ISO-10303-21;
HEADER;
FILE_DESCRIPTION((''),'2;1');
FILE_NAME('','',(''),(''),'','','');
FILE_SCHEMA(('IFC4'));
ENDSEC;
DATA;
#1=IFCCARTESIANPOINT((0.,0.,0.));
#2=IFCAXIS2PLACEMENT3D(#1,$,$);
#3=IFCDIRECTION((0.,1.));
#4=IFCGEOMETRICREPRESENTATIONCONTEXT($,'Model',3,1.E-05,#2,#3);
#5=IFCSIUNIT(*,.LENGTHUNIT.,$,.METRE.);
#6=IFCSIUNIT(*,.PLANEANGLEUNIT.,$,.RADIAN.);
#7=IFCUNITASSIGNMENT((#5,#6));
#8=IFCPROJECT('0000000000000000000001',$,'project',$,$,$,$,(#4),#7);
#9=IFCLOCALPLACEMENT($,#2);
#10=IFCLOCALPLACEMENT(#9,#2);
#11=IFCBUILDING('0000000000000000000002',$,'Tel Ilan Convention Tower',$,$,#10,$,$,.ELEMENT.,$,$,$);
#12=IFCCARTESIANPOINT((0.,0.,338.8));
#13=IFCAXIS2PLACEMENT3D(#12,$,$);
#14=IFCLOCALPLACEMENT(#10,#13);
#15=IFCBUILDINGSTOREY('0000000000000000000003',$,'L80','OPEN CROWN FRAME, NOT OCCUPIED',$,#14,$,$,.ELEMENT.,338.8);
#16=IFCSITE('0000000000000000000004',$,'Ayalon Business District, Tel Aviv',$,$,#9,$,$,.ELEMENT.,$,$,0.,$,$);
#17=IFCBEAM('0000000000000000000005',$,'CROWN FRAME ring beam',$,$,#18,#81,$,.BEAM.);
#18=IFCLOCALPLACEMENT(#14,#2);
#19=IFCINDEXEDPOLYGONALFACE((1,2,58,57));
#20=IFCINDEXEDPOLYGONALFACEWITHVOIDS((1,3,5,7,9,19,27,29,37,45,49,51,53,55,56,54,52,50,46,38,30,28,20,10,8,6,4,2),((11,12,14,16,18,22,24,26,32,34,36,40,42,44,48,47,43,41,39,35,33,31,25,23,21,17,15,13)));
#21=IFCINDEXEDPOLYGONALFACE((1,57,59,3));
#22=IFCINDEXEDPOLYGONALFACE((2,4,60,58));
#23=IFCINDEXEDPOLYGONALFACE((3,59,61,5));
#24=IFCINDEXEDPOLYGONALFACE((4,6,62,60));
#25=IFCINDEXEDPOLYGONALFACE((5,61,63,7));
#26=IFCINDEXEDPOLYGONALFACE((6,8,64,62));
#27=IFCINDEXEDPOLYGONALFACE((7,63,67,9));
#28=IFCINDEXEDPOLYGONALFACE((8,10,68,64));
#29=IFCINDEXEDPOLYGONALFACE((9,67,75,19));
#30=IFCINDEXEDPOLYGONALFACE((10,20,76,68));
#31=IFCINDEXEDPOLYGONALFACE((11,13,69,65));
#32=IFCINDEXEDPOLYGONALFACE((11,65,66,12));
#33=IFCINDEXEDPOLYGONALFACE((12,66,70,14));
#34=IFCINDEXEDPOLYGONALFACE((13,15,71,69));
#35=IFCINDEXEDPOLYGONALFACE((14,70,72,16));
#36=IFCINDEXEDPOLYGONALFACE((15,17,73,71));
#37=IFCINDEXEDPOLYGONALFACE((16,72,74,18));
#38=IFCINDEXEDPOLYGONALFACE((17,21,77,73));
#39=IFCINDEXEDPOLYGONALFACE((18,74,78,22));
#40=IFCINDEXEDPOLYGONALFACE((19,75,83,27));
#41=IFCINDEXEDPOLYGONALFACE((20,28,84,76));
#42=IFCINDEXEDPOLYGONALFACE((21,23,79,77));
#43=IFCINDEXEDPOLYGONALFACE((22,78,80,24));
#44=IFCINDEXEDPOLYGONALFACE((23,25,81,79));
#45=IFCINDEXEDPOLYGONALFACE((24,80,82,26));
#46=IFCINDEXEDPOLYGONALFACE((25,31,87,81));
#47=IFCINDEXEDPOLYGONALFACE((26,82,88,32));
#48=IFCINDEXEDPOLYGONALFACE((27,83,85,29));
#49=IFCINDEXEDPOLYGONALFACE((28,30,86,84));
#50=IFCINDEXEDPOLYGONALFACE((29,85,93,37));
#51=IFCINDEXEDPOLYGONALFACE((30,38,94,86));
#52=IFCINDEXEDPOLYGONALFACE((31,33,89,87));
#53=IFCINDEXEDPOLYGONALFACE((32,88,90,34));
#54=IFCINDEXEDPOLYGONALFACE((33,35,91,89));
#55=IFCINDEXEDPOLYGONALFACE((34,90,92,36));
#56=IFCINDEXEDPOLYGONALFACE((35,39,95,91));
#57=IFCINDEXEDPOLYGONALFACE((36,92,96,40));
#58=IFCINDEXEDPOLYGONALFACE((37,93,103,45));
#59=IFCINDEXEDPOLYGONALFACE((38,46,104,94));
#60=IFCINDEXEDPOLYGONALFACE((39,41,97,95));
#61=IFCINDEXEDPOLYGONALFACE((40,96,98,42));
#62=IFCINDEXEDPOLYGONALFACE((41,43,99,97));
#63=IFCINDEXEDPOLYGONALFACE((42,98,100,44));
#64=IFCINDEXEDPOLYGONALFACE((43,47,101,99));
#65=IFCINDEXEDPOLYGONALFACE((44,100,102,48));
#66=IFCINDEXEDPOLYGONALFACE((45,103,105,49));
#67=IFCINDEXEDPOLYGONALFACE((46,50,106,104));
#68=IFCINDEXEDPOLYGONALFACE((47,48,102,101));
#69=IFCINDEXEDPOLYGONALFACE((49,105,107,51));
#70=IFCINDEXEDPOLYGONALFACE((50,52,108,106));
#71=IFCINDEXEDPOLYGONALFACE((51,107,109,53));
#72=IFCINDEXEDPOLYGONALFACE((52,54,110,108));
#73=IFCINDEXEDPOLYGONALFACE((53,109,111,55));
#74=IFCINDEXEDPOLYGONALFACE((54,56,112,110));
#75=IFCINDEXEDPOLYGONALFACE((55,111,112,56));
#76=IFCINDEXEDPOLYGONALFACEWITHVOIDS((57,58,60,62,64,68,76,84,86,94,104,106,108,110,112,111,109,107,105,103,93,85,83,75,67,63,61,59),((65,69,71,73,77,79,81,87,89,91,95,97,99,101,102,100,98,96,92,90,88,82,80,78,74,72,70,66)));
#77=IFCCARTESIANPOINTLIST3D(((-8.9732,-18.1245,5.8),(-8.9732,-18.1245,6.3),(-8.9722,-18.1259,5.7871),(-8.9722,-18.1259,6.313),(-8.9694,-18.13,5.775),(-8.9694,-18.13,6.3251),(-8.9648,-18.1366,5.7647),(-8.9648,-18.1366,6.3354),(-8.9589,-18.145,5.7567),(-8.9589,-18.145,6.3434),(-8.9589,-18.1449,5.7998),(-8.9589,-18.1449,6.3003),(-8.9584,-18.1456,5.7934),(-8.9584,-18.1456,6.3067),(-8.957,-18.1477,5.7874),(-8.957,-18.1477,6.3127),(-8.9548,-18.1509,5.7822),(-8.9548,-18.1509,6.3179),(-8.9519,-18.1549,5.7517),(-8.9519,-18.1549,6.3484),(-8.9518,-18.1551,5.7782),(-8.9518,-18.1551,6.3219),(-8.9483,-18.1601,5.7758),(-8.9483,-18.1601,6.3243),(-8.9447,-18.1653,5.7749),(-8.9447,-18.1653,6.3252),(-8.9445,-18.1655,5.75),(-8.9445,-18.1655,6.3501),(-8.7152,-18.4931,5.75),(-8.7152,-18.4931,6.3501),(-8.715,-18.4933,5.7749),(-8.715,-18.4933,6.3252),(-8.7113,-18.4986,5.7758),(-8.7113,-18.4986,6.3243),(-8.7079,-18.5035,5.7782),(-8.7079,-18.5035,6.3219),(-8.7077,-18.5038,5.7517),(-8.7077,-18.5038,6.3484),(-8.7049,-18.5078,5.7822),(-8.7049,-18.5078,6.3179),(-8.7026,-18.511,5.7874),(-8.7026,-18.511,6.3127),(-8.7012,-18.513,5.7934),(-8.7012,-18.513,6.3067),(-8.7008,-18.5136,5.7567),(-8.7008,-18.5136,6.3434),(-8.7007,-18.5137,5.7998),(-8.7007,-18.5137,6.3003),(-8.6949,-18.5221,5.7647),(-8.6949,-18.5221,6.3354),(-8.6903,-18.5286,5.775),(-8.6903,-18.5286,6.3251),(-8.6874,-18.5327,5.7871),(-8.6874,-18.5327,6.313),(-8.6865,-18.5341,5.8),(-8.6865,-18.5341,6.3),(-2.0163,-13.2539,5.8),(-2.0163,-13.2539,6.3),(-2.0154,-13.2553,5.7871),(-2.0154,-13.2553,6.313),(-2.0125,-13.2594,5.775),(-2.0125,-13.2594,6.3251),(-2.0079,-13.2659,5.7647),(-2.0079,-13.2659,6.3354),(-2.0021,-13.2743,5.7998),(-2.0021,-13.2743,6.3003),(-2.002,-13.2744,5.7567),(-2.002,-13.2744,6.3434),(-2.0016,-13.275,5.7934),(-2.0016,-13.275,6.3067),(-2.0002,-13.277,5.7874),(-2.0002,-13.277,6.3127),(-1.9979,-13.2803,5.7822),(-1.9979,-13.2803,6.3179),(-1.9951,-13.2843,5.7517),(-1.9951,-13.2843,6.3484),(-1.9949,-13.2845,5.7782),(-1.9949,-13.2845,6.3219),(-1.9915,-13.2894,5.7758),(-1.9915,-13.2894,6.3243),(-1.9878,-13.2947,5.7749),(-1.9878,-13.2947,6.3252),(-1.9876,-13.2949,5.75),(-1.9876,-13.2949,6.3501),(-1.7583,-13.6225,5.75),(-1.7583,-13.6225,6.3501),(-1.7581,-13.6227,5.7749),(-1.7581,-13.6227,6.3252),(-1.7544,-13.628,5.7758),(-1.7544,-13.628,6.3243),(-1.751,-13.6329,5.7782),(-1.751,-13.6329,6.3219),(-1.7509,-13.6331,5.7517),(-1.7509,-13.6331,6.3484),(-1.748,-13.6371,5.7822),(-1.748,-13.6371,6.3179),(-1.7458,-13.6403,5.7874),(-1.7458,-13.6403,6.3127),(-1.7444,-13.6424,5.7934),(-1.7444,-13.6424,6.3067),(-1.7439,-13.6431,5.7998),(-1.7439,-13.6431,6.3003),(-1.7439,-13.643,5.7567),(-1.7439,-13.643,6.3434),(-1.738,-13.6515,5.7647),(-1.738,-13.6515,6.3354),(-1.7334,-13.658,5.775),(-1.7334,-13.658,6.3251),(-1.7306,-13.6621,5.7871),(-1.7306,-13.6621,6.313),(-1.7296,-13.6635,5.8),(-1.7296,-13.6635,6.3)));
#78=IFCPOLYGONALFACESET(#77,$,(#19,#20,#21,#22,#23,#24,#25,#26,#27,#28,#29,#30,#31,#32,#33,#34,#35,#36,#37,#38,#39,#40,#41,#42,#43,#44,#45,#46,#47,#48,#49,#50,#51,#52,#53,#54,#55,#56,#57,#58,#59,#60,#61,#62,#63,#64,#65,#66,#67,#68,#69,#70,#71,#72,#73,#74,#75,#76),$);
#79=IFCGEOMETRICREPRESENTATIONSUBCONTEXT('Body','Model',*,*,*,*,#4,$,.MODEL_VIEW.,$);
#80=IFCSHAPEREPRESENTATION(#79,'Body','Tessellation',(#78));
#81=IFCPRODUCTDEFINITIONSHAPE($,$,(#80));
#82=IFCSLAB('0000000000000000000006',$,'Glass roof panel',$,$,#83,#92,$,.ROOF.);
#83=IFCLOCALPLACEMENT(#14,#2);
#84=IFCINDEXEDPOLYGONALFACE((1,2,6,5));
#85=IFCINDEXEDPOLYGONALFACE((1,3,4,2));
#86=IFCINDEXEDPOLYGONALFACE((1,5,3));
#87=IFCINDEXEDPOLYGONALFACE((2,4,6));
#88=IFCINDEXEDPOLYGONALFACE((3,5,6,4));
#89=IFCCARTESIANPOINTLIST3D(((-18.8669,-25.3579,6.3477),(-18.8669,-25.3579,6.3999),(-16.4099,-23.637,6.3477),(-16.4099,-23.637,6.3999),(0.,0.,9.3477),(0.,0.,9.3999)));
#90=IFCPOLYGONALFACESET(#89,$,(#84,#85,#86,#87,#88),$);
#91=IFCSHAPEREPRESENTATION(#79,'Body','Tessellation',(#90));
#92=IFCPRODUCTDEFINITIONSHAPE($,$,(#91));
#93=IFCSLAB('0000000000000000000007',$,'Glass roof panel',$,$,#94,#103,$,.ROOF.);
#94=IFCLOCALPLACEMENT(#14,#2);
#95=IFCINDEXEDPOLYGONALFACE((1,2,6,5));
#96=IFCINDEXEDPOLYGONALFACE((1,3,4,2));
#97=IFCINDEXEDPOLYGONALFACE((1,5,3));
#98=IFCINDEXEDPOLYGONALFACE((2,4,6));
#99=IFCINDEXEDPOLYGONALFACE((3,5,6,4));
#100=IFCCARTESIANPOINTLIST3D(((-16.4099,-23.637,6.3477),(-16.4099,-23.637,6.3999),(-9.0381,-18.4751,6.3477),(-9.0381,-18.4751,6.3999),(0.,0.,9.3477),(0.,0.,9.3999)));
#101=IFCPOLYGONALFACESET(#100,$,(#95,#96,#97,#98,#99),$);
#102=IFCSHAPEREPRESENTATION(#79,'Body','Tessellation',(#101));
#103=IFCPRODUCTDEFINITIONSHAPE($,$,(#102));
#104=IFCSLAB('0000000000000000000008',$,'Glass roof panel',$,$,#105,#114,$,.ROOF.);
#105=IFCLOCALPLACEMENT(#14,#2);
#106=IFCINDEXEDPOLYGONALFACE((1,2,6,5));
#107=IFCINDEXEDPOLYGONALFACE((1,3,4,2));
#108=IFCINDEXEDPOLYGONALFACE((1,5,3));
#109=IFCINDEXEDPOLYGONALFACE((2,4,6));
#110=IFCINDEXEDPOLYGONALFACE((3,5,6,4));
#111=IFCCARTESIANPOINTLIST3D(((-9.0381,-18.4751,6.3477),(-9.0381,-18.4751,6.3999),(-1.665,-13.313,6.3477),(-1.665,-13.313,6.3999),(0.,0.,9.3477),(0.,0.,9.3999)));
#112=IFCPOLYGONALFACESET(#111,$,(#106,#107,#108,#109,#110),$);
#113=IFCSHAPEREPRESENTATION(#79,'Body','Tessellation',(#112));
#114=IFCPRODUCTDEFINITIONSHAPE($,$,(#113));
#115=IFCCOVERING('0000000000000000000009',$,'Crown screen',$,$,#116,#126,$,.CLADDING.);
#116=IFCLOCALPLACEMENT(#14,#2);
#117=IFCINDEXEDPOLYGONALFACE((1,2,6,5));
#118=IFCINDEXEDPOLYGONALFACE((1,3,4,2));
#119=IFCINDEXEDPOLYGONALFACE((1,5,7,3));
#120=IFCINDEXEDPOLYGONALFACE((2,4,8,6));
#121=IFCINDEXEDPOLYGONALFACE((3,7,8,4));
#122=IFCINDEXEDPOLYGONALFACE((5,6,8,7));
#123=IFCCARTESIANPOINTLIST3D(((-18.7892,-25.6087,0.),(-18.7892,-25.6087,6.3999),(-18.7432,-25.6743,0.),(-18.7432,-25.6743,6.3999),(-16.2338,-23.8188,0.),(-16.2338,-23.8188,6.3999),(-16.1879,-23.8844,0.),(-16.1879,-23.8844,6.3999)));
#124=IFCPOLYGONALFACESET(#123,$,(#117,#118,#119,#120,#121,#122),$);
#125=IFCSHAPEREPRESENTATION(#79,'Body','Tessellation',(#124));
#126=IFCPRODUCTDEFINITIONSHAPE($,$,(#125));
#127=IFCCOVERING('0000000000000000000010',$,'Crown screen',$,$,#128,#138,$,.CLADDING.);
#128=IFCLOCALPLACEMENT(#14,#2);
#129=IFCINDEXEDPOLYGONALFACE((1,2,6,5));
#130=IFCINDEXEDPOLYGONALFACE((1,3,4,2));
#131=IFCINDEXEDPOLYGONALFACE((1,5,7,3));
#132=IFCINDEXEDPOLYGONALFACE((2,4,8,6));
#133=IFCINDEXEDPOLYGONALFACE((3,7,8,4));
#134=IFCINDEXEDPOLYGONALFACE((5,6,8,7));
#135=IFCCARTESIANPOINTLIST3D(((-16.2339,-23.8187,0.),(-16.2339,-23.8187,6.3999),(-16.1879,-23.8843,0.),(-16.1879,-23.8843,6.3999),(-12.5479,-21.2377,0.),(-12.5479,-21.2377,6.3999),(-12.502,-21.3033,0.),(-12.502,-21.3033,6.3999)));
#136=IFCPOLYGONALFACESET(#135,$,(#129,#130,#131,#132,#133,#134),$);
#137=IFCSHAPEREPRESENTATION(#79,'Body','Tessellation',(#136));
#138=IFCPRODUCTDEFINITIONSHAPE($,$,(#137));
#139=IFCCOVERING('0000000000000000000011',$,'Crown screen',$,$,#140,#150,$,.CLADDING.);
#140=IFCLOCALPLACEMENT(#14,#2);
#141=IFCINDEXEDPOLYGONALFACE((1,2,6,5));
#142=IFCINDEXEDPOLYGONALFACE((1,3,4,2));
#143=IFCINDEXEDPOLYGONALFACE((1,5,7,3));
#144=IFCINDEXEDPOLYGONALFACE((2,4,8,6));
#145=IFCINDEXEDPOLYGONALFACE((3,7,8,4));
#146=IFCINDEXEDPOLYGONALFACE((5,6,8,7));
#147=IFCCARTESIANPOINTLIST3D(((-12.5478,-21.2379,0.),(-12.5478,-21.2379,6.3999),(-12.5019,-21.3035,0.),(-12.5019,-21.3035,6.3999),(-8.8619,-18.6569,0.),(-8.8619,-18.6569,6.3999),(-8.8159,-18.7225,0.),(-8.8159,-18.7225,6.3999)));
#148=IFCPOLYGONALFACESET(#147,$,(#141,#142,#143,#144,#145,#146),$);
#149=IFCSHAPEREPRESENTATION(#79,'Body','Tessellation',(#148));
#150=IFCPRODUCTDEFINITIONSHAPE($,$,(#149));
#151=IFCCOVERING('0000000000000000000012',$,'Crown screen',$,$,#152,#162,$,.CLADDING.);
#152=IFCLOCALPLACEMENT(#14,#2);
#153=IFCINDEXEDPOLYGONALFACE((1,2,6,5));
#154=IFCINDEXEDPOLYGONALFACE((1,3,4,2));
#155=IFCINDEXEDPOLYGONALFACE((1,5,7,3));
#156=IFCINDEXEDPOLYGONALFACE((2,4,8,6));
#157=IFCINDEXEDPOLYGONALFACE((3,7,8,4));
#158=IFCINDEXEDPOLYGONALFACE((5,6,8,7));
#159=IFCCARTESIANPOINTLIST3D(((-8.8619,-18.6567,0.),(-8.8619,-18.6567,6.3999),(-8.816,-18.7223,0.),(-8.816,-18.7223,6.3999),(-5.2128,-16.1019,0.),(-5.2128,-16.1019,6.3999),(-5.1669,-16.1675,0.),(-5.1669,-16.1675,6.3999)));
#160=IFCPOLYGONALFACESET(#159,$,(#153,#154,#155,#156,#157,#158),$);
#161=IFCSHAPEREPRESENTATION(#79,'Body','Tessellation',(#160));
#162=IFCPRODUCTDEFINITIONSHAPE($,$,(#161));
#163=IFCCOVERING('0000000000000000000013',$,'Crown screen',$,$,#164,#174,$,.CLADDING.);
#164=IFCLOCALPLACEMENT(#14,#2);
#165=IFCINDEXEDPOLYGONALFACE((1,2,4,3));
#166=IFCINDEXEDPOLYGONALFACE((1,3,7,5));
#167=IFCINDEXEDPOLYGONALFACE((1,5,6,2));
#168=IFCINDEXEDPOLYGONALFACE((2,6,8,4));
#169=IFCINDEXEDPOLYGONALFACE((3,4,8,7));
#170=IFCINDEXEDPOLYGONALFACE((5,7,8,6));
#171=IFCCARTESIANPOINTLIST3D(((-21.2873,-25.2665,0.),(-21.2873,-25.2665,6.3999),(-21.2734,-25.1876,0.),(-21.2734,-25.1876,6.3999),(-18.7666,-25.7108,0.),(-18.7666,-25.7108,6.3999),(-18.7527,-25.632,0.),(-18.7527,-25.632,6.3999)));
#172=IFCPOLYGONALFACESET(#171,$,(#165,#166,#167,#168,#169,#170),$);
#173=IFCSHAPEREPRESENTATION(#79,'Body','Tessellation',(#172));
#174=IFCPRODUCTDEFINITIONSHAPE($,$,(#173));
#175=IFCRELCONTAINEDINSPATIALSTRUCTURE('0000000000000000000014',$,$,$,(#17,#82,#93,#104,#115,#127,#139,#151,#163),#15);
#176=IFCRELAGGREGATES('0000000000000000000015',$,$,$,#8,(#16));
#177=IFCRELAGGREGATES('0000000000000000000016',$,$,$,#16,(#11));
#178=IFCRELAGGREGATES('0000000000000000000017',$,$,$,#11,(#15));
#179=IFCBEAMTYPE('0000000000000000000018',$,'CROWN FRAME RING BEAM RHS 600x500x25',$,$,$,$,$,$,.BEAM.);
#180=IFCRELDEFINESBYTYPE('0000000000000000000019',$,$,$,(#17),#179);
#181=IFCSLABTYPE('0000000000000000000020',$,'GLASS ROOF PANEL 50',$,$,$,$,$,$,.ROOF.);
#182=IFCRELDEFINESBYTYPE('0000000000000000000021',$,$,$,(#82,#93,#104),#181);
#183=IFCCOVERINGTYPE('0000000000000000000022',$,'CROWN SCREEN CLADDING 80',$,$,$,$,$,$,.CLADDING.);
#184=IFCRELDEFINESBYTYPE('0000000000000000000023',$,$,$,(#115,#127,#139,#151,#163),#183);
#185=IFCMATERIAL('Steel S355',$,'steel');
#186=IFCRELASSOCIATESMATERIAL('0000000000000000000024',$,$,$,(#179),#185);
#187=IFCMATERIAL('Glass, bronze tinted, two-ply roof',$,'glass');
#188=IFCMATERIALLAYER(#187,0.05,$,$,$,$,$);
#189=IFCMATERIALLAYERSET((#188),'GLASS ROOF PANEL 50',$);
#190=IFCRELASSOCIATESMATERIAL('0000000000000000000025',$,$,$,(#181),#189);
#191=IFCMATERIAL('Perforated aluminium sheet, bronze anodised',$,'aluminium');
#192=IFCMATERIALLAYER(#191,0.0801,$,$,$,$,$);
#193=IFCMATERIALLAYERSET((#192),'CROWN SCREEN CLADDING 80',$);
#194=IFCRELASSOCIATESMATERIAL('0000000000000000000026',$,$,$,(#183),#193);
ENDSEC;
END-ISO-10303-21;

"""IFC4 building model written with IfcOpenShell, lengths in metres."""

from ifc_helpers import new_model, si_unit, direction, frame, origin, origin_2d, place, context, subcontext, project, spatial, polyline, rectangle, hollow_rectangle, outline, extrude, material, layer, layer_set, material_profile, profile_set, type_object, element, save


model = new_model("IFC4")

# Units and contexts
model_context = context("Model", 3, precision=1e-05, world=origin(), true_north=direction((0.0, 1.0)))
body_context = subcontext(model_context, "Body", "Model", "MODEL_VIEW")
ifc_project = project(units=[si_unit("LENGTHUNIT", "METRE"), si_unit("PLANEANGLEUNIT", "RADIAN")], contexts=[model_context])

# Site, building, storey
site_placement = place(None, origin())
site = spatial("IfcSite", under=ifc_project, at=site_placement, Name="Ayalon Business District, Tel Aviv", CompositionType="ELEMENT", RefElevation=0.0)
building_placement = place(site_placement, origin())
building = spatial("IfcBuilding", under=site, at=building_placement, Name="Tel Ilan Convention Tower", CompositionType="ELEMENT")
storey_placement = place(building_placement, frame((0.0, 0.0, 338.8)))
storey = spatial("IfcBuildingStorey", under=building, at=storey_placement, Name="L80", Description="OPEN CROWN FRAME, NOT OCCUPIED", CompositionType="ELEMENT", Elevation=338.8)

# Beam
ifc_material_1 = material(Name="Steel S355", Category="steel")
ifc_material_profile_1 = material_profile(ifc_material_1, hollow_rectangle(XDim=0.5, YDim=0.6001, WallThickness=0.0249, InnerFilletRadius=0.0249, OuterFilletRadius=0.05, at=origin_2d()), Name="RHS 600x500x25")
ifc_profile_set_1 = profile_set([ifc_material_profile_1], Name="Steel S355")
beam_type = type_object("IfcBeamType", Name="CROWN FRAME RING BEAM RHS 600x500x25", PredefinedType="BEAM", material=ifc_profile_set_1)
for number, where, z_axis, x_axis, name in (
    (1, (-8.8298, -18.3293, 6.05), (0.819185, 0.57353, 0.0), (-0.57353, 0.819185, 0.0), "CROWN FRAME ring beam"),
):
    element("IfcBeam", number, at=place(storey_placement, frame(where, z_axis=z_axis, x_axis=x_axis)), inside=storey, type_object=beam_type, Name=name, PredefinedType="BEAM", context=body_context, shape_type="SweptSolid", body=[
        extrude(hollow_rectangle(XDim=0.5, YDim=0.6001, WallThickness=0.0249, InnerFilletRadius=0.0249, OuterFilletRadius=0.05, at=origin_2d()), origin(), (0.0, 0.0, 1.0), 8.4924),
    ])

# Slabs
ifc_material_2 = material(Name="Glass, bronze tinted, two-ply roof", Category="glass")
ifc_layer_1 = layer(ifc_material_2, 0.05)
ifc_layer_set_1 = layer_set([ifc_layer_1], Name="GLASS ROOF PANEL 50")
slab_type = type_object("IfcSlabType", Name="GLASS ROOF PANEL 50", PredefinedType="ROOF", material=ifc_layer_set_1)
slab_1_placement = place(storey_placement, frame((-18.8669, -25.3579, 6.3999), z_axis=(0.165668, -0.236527, 0.957397), x_axis=(0.819071, 0.573692, 0.0)))
element("IfcSlab", 2, at=slab_1_placement, inside=storey, type_object=slab_type, Name="Glass roof panel", PredefinedType="ROOF", context=body_context, shape_type="SweptSolid", body=[
    extrude(outline(polyline([(0.0, 0.0), (2.9998, 0.0), (30.001, 10.3887), (0.0, 0.0)])), origin(), (0.0, -0.288775, -0.957397), 0.0522),
])
slab_2_placement = place(storey_placement, frame((-16.4099, -23.637, 6.3999), z_axis=(0.16558, -0.23647, 0.957426), x_axis=(0.819149, 0.573581, 0.0)))
element("IfcSlab", 3, at=slab_2_placement, inside=storey, type_object=slab_type, Name="Glass roof panel", PredefinedType="ROOF", context=body_context, shape_type="SweptSolid", body=[
    extrude(outline(polyline([(0.0, 0.0), (8.9994, 0.0), (26.9999, 10.3922), (0.0, 0.0)])), origin(), (0.0, -0.288677, -0.957426), 0.0522),
])
slab_3_placement = place(storey_placement, frame((-9.0381, -18.4751, 6.3999), z_axis=(0.165551, -0.236457, 0.957434), x_axis=(0.819181, 0.573535, 0.0)))
element("IfcSlab", 4, at=slab_3_placement, inside=storey, type_object=slab_type, Name="Glass roof panel", PredefinedType="ROOF", context=body_context, shape_type="SweptSolid", body=[
    extrude(outline(polyline([(0.0, 0.0), (9.0005, 0.0), (17.9999, 10.3932), (0.0, 0.0)])), origin(), (0.0, -0.288651, -0.957434), 0.0522),
])

# Coverings
ifc_material_3 = material(Name="Perforated aluminium sheet, bronze anodised", Category="aluminium")
ifc_layer_2 = layer(ifc_material_3, 0.0801)
ifc_layer_set_2 = layer_set([ifc_layer_2], Name="CROWN SCREEN CLADDING 80")
covering_type = type_object("IfcCoveringType", Name="CROWN SCREEN CLADDING 80", PredefinedType="CLADDING", material=ifc_layer_set_2)
covering_1_placement = place(storey_placement, frame((-17.4885, -24.7466, 0.0), z_axis=(0.0, 0.0, 1.0), x_axis=(0.81906, 0.573708, 0.0)))
element("IfcCovering", 5, at=covering_1_placement, inside=storey, type_object=covering_type, Name="Crown screen", PredefinedType="CLADDING", context=body_context, shape_type="SweptSolid", body=[
    extrude(rectangle(XDim=3.1199, YDim=0.0801, at=origin_2d()), origin(), (0.0, 0.0, 1.0), 6.3999),
])
for number, where, z_axis, x_axis, name in (
    (6, (-14.3679, -22.561, 0.0), (0.0, 0.0, 1.0), (0.819148, 0.573582, 0.0), "Crown screen"),
    (7, (-10.6819, -19.9802, 0.0), (0.0, 0.0, 1.0), (0.819148, 0.573582, 0.0), "Crown screen"),
):
    element("IfcCovering", number, at=place(storey_placement, frame(where, z_axis=z_axis, x_axis=x_axis)), inside=storey, type_object=covering_type, Name=name, PredefinedType="CLADDING", context=body_context, shape_type="SweptSolid", body=[
        extrude(rectangle(XDim=4.4998, YDim=0.0801, at=origin_2d()), origin(), (0.0, 0.0, 1.0), 6.3999),
    ])
covering_2_placement = place(storey_placement, frame((-7.0144, -17.4121, 0.0), z_axis=(0.0, 0.0, 1.0), x_axis=(0.819185, 0.573529, 0.0)))
element("IfcCovering", 8, at=covering_2_placement, inside=storey, type_object=covering_type, Name="Crown screen", PredefinedType="CLADDING", context=body_context, shape_type="SweptSolid", body=[
    extrude(rectangle(XDim=4.4546, YDim=0.0801, at=origin_2d()), origin(), (0.0, 0.0, 1.0), 6.3999),
])
covering_3_placement = place(storey_placement, frame((-20.02, -25.4492, 0.0), z_axis=(0.0, 0.0, 1.0), x_axis=(0.984817, -0.173598, 0.0)))
element("IfcCovering", 9, at=covering_3_placement, inside=storey, type_object=covering_type, Name="Crown screen", PredefinedType="CLADDING", context=body_context, shape_type="SweptSolid", body=[
    extrude(rectangle(XDim=2.5596, YDim=0.0801, at=origin_2d()), origin(), (0.0, 0.0, 1.0), 6.3999),
])

save(model, "model.ifc")
